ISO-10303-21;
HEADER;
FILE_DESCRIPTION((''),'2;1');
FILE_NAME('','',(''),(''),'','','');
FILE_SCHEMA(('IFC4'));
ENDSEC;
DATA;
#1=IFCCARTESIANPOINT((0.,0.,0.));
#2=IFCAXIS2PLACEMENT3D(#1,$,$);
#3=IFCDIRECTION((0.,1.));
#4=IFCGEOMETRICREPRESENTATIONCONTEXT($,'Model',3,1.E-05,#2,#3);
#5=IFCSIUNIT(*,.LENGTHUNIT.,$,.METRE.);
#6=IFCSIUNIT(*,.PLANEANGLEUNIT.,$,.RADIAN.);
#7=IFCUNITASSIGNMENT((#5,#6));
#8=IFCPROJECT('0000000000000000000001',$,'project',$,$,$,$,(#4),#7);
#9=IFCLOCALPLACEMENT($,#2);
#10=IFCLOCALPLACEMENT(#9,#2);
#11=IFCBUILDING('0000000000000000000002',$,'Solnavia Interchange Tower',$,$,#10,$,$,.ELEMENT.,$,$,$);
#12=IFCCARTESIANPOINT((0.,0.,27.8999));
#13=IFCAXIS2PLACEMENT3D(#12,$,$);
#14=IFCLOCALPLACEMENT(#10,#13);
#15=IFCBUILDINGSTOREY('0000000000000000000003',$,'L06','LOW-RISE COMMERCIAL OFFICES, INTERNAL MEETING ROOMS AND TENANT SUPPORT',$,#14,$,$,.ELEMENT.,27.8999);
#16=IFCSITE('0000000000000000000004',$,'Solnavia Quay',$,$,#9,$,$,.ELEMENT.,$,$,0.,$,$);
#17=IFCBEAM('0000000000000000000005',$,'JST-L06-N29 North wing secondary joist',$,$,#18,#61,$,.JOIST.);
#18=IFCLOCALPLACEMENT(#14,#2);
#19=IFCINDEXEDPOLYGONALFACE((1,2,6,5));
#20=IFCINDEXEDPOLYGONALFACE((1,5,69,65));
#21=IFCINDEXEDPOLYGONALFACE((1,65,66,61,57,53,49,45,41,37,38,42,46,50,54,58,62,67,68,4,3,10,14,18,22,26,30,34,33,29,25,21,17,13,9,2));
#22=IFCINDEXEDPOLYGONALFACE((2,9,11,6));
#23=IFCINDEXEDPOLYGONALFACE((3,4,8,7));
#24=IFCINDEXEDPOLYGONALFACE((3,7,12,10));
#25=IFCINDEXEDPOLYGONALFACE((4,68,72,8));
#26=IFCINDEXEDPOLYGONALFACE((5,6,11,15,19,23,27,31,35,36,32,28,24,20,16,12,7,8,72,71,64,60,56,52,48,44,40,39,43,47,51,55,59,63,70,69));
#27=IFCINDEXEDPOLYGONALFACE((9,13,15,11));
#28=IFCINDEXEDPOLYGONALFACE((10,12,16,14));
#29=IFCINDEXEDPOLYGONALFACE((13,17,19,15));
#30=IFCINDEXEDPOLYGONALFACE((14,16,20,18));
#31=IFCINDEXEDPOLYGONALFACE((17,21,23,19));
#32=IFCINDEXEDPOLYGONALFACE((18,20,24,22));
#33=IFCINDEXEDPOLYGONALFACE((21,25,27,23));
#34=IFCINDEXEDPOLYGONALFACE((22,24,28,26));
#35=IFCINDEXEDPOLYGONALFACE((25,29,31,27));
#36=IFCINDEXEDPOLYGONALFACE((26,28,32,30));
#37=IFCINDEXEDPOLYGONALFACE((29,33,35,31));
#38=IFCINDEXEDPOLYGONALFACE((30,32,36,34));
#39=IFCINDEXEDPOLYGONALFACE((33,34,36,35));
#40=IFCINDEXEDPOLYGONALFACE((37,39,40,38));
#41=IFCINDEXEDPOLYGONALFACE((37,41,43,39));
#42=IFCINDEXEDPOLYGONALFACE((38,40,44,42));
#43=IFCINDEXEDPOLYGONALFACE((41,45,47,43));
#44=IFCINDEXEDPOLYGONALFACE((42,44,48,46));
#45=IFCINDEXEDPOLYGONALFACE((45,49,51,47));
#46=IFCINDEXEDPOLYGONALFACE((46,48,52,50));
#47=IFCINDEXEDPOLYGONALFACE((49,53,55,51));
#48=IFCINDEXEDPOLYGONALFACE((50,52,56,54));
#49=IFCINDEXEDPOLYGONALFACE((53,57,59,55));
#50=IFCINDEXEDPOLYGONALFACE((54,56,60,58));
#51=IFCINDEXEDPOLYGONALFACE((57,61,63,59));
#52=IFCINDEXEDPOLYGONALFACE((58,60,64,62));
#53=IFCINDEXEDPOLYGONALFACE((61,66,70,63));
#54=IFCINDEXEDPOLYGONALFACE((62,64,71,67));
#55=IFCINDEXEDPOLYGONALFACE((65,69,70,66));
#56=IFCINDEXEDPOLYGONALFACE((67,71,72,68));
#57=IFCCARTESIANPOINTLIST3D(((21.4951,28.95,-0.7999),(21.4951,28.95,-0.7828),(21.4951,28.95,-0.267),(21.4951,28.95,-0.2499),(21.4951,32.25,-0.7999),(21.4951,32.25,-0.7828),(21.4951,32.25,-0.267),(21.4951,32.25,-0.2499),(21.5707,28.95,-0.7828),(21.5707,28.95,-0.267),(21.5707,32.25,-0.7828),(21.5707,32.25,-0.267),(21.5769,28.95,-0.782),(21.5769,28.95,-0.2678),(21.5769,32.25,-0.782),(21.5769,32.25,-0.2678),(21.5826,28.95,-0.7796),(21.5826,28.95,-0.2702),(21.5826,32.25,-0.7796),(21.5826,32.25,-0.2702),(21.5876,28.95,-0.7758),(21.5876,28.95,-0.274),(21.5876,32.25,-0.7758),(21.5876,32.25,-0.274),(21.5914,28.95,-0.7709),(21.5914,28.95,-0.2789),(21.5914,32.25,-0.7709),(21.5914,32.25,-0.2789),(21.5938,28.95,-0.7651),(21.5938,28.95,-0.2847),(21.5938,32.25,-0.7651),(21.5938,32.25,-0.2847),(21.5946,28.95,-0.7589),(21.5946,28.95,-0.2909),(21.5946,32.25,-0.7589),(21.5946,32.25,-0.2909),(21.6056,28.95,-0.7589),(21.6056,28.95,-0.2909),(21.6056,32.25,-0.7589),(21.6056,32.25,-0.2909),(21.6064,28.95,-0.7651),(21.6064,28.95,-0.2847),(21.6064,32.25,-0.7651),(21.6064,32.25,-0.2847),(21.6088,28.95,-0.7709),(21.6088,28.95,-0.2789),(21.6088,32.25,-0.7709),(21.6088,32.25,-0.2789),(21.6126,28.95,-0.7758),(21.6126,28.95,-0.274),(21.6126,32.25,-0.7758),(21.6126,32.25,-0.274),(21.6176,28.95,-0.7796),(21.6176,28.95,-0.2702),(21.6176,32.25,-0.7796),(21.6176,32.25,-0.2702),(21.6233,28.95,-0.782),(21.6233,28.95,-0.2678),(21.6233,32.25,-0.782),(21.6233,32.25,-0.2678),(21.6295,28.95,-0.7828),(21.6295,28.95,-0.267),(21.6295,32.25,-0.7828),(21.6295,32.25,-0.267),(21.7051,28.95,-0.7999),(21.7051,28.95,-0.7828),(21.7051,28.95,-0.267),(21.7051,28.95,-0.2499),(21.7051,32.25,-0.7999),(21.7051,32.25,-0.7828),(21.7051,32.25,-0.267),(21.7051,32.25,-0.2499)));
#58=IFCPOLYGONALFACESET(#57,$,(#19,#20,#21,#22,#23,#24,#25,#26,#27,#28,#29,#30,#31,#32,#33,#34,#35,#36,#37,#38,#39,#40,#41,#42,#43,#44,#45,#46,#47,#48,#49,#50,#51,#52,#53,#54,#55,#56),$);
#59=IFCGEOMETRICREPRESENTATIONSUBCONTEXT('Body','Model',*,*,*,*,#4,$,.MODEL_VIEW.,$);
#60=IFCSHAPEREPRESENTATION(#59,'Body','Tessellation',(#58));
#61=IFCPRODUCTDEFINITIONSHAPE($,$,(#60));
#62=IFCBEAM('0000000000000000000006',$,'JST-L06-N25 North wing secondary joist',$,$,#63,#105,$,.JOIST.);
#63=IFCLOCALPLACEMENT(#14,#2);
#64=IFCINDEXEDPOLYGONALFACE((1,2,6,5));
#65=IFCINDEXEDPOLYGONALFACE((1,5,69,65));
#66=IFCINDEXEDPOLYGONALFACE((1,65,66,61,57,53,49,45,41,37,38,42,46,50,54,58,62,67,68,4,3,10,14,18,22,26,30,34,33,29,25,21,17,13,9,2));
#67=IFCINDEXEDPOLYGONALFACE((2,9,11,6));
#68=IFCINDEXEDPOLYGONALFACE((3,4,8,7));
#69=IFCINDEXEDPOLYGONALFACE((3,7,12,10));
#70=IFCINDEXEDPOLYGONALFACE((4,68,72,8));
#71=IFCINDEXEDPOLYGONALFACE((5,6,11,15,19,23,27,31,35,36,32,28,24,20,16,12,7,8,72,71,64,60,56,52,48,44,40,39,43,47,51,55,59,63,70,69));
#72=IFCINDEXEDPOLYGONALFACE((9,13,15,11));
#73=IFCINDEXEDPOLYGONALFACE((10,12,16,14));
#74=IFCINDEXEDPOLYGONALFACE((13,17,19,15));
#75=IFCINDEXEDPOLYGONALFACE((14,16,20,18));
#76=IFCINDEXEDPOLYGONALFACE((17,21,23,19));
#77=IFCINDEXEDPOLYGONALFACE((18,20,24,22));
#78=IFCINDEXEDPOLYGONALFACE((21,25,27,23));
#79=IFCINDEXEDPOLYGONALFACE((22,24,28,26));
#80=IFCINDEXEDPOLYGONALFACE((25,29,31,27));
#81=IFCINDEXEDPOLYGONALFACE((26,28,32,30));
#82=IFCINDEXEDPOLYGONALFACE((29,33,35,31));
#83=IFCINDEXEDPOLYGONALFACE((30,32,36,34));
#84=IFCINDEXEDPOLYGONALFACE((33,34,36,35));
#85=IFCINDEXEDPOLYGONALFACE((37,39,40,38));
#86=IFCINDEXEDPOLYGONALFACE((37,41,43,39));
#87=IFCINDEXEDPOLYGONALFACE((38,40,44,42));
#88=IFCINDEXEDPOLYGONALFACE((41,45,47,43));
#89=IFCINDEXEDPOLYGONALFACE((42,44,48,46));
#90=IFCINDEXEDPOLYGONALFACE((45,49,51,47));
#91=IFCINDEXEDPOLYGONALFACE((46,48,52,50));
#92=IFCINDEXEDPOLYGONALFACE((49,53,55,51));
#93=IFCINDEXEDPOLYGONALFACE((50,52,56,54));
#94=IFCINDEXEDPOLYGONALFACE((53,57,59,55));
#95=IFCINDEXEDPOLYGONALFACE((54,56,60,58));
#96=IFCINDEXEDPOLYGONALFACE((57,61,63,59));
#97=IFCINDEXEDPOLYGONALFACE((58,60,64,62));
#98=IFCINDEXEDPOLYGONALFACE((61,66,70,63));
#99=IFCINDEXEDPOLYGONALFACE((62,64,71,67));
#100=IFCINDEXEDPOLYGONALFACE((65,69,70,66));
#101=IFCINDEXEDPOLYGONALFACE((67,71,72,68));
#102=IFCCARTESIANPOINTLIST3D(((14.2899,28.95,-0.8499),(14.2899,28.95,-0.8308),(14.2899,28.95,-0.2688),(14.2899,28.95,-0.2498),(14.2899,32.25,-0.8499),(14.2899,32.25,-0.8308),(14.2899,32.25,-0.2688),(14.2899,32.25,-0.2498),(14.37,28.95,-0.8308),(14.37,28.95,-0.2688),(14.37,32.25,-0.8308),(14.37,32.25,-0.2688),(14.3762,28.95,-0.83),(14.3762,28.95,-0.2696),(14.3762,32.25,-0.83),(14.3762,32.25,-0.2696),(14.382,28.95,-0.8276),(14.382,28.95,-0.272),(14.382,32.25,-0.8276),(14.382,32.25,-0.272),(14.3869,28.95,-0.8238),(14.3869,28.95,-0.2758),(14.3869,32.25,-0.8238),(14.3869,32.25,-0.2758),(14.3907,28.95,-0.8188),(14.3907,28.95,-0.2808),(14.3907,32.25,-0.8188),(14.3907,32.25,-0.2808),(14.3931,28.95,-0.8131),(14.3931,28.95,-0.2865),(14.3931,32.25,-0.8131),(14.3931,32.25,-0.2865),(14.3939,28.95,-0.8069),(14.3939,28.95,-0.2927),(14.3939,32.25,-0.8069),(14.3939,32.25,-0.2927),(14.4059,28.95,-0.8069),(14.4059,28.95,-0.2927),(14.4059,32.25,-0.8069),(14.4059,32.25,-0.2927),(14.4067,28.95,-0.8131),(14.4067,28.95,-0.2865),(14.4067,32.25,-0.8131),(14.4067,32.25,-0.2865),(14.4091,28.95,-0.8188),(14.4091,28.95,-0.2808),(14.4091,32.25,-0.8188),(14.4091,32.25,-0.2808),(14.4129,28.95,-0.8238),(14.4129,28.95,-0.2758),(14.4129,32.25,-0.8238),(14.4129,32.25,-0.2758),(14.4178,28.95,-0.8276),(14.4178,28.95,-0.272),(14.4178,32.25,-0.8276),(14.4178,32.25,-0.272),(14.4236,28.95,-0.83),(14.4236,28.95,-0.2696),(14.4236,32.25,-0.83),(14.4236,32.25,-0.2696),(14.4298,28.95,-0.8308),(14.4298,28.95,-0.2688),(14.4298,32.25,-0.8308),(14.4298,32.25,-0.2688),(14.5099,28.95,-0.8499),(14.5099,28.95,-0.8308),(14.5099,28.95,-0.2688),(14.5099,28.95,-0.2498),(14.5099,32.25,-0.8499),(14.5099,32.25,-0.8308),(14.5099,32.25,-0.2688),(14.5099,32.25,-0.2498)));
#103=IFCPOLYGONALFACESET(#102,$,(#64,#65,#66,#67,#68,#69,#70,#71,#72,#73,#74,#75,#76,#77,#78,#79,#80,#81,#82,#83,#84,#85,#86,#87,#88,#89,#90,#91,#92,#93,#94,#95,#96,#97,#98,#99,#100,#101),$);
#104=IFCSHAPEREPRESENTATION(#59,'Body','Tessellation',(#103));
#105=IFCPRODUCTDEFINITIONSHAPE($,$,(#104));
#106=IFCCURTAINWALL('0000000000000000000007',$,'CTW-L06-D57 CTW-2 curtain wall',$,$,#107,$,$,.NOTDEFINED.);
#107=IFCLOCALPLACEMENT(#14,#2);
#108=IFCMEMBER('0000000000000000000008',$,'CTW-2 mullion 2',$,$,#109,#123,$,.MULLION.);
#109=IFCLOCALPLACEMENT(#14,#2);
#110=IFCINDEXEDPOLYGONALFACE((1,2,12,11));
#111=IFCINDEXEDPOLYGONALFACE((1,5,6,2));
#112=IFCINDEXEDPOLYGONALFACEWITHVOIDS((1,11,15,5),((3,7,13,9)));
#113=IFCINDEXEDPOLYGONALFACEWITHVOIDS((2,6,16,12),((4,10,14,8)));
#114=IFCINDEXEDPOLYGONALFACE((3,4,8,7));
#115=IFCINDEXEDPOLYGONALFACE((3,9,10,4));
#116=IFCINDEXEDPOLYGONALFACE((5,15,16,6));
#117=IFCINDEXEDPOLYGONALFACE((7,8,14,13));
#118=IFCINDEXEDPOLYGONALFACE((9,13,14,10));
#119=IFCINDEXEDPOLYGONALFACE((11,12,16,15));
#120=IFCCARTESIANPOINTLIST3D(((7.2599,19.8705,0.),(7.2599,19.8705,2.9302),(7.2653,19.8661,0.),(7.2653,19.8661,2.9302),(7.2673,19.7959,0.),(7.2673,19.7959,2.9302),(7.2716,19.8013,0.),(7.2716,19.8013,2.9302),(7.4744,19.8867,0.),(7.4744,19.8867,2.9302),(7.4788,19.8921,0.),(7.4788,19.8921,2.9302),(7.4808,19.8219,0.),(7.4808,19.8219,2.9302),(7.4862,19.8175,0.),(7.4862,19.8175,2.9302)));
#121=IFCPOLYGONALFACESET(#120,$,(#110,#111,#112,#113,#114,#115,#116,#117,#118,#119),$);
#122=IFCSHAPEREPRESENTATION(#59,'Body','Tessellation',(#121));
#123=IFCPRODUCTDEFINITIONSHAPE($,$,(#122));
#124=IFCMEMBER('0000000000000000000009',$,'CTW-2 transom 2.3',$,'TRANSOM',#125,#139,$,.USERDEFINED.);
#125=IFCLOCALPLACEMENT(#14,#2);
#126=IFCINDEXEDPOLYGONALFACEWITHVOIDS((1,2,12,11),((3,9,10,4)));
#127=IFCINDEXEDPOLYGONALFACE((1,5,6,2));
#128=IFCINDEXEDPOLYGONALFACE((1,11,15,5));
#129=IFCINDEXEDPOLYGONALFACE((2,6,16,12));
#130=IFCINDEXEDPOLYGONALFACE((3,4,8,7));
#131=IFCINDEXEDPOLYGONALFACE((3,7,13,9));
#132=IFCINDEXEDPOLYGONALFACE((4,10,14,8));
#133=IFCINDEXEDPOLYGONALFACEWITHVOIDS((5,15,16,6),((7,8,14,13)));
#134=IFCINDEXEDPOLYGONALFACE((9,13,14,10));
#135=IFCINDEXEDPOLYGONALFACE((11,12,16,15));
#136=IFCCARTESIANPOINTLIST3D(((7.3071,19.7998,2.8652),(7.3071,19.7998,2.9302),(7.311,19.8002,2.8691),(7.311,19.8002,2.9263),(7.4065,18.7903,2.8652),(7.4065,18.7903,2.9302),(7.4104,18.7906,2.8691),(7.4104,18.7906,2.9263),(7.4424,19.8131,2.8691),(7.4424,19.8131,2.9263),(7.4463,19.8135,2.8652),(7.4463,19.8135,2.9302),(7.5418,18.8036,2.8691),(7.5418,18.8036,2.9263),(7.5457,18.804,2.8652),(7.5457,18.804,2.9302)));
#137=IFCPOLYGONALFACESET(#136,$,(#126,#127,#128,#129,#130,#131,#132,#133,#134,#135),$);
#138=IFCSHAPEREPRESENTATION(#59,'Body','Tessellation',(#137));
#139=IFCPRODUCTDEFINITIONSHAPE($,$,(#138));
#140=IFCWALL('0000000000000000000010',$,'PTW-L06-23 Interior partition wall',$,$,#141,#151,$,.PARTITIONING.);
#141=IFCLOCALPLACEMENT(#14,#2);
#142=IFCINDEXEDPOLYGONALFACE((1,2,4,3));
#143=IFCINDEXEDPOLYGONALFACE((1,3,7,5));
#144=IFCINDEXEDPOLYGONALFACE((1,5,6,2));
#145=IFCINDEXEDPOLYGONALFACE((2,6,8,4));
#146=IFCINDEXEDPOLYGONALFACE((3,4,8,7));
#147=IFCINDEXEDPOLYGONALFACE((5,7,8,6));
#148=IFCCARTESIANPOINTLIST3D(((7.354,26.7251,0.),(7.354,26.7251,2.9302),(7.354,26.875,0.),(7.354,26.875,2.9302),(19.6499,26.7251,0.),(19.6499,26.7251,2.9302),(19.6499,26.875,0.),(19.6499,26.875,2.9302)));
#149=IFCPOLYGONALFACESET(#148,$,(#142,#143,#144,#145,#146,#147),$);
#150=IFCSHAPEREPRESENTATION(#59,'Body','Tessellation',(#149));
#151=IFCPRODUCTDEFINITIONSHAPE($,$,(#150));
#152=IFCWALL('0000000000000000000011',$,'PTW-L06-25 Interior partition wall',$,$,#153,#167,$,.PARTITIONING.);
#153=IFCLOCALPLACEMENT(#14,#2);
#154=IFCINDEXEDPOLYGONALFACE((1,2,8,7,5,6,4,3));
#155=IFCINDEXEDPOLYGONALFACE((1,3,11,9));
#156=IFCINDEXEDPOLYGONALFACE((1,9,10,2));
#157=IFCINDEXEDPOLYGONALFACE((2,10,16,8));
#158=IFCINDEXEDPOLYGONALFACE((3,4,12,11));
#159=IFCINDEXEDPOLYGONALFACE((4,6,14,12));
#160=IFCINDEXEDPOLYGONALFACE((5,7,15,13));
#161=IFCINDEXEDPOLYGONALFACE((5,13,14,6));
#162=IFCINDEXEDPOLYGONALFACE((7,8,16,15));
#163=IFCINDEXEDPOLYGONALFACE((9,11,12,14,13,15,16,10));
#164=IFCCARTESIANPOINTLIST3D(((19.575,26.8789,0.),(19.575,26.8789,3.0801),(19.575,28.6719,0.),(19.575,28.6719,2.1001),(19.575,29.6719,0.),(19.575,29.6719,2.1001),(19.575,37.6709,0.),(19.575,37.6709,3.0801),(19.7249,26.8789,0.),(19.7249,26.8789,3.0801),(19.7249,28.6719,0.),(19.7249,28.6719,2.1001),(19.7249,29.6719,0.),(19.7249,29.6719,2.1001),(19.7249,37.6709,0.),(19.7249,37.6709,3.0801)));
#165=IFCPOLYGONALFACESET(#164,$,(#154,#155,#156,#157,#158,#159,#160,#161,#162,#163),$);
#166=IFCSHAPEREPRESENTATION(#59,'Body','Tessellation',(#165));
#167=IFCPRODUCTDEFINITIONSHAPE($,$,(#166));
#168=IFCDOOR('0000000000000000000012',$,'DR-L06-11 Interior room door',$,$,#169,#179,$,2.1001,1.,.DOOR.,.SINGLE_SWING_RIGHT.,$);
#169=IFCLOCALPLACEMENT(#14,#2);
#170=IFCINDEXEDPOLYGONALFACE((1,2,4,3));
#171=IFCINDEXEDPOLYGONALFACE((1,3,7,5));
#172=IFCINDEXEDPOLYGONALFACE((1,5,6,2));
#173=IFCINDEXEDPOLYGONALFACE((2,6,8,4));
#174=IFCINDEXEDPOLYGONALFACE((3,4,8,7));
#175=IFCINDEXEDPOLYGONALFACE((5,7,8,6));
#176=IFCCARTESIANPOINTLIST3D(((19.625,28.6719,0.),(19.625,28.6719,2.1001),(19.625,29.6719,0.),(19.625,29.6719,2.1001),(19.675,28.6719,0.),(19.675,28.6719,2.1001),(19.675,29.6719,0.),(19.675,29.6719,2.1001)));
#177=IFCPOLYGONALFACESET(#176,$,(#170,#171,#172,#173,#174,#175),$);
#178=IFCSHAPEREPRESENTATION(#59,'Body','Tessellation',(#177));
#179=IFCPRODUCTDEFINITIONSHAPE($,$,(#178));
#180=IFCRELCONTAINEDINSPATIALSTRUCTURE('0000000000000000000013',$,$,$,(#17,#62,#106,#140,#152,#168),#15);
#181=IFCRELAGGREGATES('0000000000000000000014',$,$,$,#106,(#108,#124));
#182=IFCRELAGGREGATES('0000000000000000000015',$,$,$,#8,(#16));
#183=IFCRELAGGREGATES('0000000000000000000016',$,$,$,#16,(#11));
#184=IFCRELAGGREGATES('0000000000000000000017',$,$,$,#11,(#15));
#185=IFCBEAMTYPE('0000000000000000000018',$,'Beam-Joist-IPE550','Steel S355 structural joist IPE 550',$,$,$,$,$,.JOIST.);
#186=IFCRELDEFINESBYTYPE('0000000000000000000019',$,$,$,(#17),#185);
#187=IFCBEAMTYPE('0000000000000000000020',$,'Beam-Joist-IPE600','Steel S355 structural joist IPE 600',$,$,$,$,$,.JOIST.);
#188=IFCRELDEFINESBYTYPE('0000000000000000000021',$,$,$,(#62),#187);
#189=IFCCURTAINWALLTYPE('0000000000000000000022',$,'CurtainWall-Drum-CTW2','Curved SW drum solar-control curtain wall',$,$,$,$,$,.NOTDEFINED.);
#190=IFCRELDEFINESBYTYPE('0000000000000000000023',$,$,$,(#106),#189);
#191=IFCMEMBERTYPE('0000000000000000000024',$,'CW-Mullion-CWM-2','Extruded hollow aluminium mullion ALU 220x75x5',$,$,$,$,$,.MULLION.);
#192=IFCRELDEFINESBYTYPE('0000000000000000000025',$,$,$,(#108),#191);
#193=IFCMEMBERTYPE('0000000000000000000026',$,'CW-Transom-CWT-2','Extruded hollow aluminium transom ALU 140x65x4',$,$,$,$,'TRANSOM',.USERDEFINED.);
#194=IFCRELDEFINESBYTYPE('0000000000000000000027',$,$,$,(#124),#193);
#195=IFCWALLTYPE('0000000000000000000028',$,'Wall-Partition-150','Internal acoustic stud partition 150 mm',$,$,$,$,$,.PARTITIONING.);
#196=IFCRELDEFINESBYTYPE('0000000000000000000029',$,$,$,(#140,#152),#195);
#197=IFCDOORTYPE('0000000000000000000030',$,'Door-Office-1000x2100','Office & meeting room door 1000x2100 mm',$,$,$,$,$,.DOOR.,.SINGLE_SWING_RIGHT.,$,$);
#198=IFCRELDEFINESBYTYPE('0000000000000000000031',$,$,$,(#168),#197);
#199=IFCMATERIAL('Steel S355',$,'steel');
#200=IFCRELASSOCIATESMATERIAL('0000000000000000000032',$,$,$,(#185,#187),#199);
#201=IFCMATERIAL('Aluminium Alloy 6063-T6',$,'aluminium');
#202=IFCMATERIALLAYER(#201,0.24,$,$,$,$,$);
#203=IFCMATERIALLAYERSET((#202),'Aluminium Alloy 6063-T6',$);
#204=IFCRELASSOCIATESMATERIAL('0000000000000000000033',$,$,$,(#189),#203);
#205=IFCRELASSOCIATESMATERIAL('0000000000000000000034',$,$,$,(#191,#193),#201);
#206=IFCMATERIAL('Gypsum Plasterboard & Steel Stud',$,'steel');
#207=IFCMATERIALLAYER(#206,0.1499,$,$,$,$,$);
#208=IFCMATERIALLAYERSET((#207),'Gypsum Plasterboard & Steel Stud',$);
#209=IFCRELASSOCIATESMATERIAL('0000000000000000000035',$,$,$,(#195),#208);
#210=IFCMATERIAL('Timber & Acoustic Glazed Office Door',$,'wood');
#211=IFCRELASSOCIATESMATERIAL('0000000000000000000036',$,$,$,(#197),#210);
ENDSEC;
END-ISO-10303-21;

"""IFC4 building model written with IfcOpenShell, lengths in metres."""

from ifc_helpers import new_model, si_unit, direction, frame, frame_2d, origin, origin_2d, place, context, subcontext, project, spatial, rectangle, hollow_rectangle, i_section, extrude, material, layer, layer_set, material_profile, profile_set, type_object, element, fill, aggregate, save


model = new_model("IFC4")

# Units and contexts
model_context = context("Model", 3, precision=1e-05, world=origin(), true_north=direction((0.0, 1.0)))
body_context = subcontext(model_context, "Body", "Model", "MODEL_VIEW")
ifc_project = project(units=[si_unit("LENGTHUNIT", "METRE"), si_unit("PLANEANGLEUNIT", "RADIAN")], contexts=[model_context])

# Site, building, storey
site_placement = place(None, origin())
site = spatial("IfcSite", under=ifc_project, at=site_placement, Name="Solnavia Quay", CompositionType="ELEMENT", RefElevation=0.0)
building_placement = place(site_placement, origin())
building = spatial("IfcBuilding", under=site, at=building_placement, Name="Solnavia Interchange Tower", CompositionType="ELEMENT")
storey_placement = place(building_placement, frame((0.0, 0.0, 27.8999)))
storey = spatial("IfcBuildingStorey", under=building, at=storey_placement, Name="L06", Description="LOW-RISE COMMERCIAL OFFICES, INTERNAL MEETING ROOMS AND TENANT SUPPORT", CompositionType="ELEMENT", Elevation=27.8999)

# Shared definitions
ifc_material_1 = material(Name="Steel S355", Category="steel")

# Beams
ifc_material_profile_1 = material_profile(ifc_material_1, i_section(OverallWidth=0.21, OverallDepth=0.55, WebThickness=0.011, FlangeThickness=0.0171, FilletRadius=0.0239, at=origin_2d()), Name="IPE 550")
ifc_profile_set_1 = profile_set([ifc_material_profile_1], Name="Steel S355")
beam_type_1 = type_object("IfcBeamType", Name="Beam-Joist-IPE550", Description="Steel S355 structural joist IPE 550", PredefinedType="JOIST", material=ifc_profile_set_1)
beam_1_placement = place(storey_placement, frame((21.6001, 28.95, -0.5249), z_axis=(0.0, 1.0, 0.0), x_axis=(-1.0, 0.0, 0.0)))
element("IfcBeam", 1, at=beam_1_placement, inside=storey, type_object=beam_type_1, Name="JST-L06-N29 North wing secondary joist", PredefinedType="JOIST", context=body_context, shape_type="SweptSolid", body=[
    extrude(i_section(OverallWidth=0.21, OverallDepth=0.55, WebThickness=0.011, FlangeThickness=0.0171, FilletRadius=0.0239, at=origin_2d()), origin(), (0.0, 0.0, 1.0), 3.3),
])
ifc_material_profile_2 = material_profile(ifc_material_1, i_section(OverallWidth=0.22, OverallDepth=0.6001, WebThickness=0.012, FlangeThickness=0.019, FilletRadius=0.0239, at=origin_2d()), Name="IPE 600")
ifc_profile_set_2 = profile_set([ifc_material_profile_2], Name="Steel S355")
beam_type_2 = type_object("IfcBeamType", Name="Beam-Joist-IPE600", Description="Steel S355 structural joist IPE 600", PredefinedType="JOIST", material=ifc_profile_set_2)
beam_2_placement = place(storey_placement, frame((14.3999, 28.95, -0.5498), z_axis=(0.0, 1.0, 0.0), x_axis=(-1.0, 0.0, 0.0)))
element("IfcBeam", 2, at=beam_2_placement, inside=storey, type_object=beam_type_2, Name="JST-L06-N25 North wing secondary joist", PredefinedType="JOIST", context=body_context, shape_type="SweptSolid", body=[
    extrude(i_section(OverallWidth=0.22, OverallDepth=0.6001, WebThickness=0.012, FlangeThickness=0.019, FilletRadius=0.0239, at=origin_2d()), origin(), (0.0, 0.0, 1.0), 3.3),
])

# Curtain wall, members
ifc_material_2 = material(Name="Aluminium Alloy 6063-T6", Category="aluminium")
ifc_layer_1 = layer(ifc_material_2, 0.24)
ifc_layer_set_1 = layer_set([ifc_layer_1], Name="Aluminium Alloy 6063-T6")
curtain_wall_type = type_object("IfcCurtainWallType", Name="CurtainWall-Drum-CTW2", Description="Curved SW drum solar-control curtain wall", PredefinedType="NOTDEFINED", material=ifc_layer_set_1)
curtain_wall_placement = place(storey_placement, origin())
curtain_wall = element("IfcCurtainWall", 3, at=curtain_wall_placement, inside=storey, type_object=curtain_wall_type, Name="CTW-L06-D57 CTW-2 curtain wall", PredefinedType="NOTDEFINED")
ifc_material_profile_3 = material_profile(ifc_material_2, hollow_rectangle(XDim=0.075, YDim=0.22, WallThickness=0.0049, at=origin_2d()), Name="ALU 220x75x5")
ifc_profile_set_3 = profile_set([ifc_material_profile_3], Name="Aluminium Alloy 6063-T6")
member_type_1 = type_object("IfcMemberType", Name="CW-Mullion-CWM-2", Description="Extruded hollow aluminium mullion ALU 220x75x5", PredefinedType="MULLION", material=ifc_profile_set_3)
member_1_placement = place(storey_placement, frame((7.373, 19.844, 0.0), z_axis=(0.0, 0.0, 1.0), x_axis=(0.098045, -0.995182, 0.0)))
member_1 = element("IfcMember", 4, at=member_1_placement, type_object=member_type_1, Name="CTW-2 mullion 2", PredefinedType="MULLION", context=body_context, shape_type="SweptSolid", body=[
    extrude(hollow_rectangle(XDim=0.075, YDim=0.22, WallThickness=0.0049, at=origin_2d()), origin(), (0.0, 0.0, 1.0), 2.9302),
])
ifc_material_profile_4 = material_profile(ifc_material_2, hollow_rectangle(XDim=0.0649, YDim=0.1399, WallThickness=0.0039, at=origin_2d()), Name="ALU 140x65x4")
ifc_profile_set_4 = profile_set([ifc_material_profile_4], Name="Aluminium Alloy 6063-T6")
member_type_2 = type_object("IfcMemberType", Name="CW-Transom-CWT-2", Description="Extruded hollow aluminium transom ALU 140x65x4", ElementType="TRANSOM", PredefinedType="USERDEFINED", material=ifc_profile_set_4)
member_2_placement = place(storey_placement, frame((7.3767, 19.8066, 2.8977), z_axis=(0.097955, -0.995191, 0.0), x_axis=(0.0, 0.0, 1.0)))
member_2 = element("IfcMember", 5, at=member_2_placement, type_object=member_type_2, Name="CTW-2 transom 2.3", ObjectType="TRANSOM", PredefinedType="USERDEFINED", context=body_context, shape_type="SweptSolid", body=[
    extrude(hollow_rectangle(XDim=0.0649, YDim=0.1399, WallThickness=0.0039, at=origin_2d()), origin(), (0.0, 0.0, 1.0), 1.0144),
])
aggregate(curtain_wall, [member_1, member_2])

# Wall
ifc_material_3 = material(Name="Gypsum Plasterboard & Steel Stud", Category="steel")
ifc_layer_2 = layer(ifc_material_3, 0.1499)
ifc_layer_set_2 = layer_set([ifc_layer_2], Name="Gypsum Plasterboard & Steel Stud")
wall_type_1 = type_object("IfcWallType", Name="Wall-Partition-150", Description="Internal acoustic stud partition 150 mm", PredefinedType="PARTITIONING", material=ifc_layer_set_2)
wall_1_placement = place(storey_placement, frame((7.354, 26.8, 0.0), z_axis=(0.0, 0.0, 1.0), x_axis=(1.0, 0.0, 0.0)))
element("IfcWall", 6, at=wall_1_placement, inside=storey, type_object=wall_type_1, Name="PTW-L06-23 Interior partition wall", PredefinedType="PARTITIONING", context=body_context, shape_type="SweptSolid", body=[
    extrude(rectangle(XDim=12.2959, YDim=0.1499, at=frame_2d((6.1479, 0.0))), origin(), (0.0, 0.0, 1.0), 2.9302),
])

# Wall, opening, door
wall_2_placement = place(storey_placement, frame((19.6499, 26.8789, 0.0), z_axis=(0.0, 0.0, 1.0), x_axis=(0.0, 1.0, 0.0)))
wall_2 = element("IfcWall", 7, at=wall_2_placement, inside=storey, type_object=wall_type_1, Name="PTW-L06-25 Interior partition wall", PredefinedType="PARTITIONING", context=body_context, shape_type="SweptSolid", body=[
    extrude(rectangle(XDim=10.792, YDim=0.1499, at=frame_2d((5.396, 0.0))), origin(), (0.0, 0.0, 1.0), 3.0801),
])
opening_1_placement = place(wall_2_placement, frame((1.793, 0.0, 0.0)))
opening_1 = element("IfcOpeningElement", 8, at=opening_1_placement, cuts=wall_2, PredefinedType="OPENING", context=body_context, shape_type="SweptSolid", body=[
    extrude(rectangle(XDim=1.0, YDim=2.1001, at=frame_2d((0.5, 1.05))), frame((0.0, 0.085, 0.0), z_axis=(0.0, -1.0, 0.0), x_axis=(1.0, 0.0, 0.0)), (0.0, 0.0, 1.0), 0.1699),
])
ifc_material_4 = material(Name="Timber & Acoustic Glazed Office Door", Category="wood")
door_type_1 = type_object("IfcDoorType", Name="Door-Office-1000x2100", Description="Office & meeting room door 1000x2100 mm", OperationType="SINGLE_SWING_RIGHT", PredefinedType="DOOR", material=ifc_material_4)
door_1_placement = place(opening_1_placement, origin())
door_1 = element("IfcDoor", 9, at=door_1_placement, inside=storey, type_object=door_type_1, Name="DR-L06-11 Interior room door", OperationType="SINGLE_SWING_RIGHT", OverallHeight=2.1001, OverallWidth=1.0, PredefinedType="DOOR", context=body_context, shape_type="SweptSolid", body=[
    extrude(rectangle(XDim=1.0, YDim=2.1001, at=frame_2d((0.5, 1.05))), frame((0.0, 0.0249, 0.0), z_axis=(0.0, -1.0, 0.0), x_axis=(1.0, 0.0, 0.0)), (0.0, 0.0, 1.0), 0.05),
])
fill(opening_1, door_1)

save(model, "model.ifc")
